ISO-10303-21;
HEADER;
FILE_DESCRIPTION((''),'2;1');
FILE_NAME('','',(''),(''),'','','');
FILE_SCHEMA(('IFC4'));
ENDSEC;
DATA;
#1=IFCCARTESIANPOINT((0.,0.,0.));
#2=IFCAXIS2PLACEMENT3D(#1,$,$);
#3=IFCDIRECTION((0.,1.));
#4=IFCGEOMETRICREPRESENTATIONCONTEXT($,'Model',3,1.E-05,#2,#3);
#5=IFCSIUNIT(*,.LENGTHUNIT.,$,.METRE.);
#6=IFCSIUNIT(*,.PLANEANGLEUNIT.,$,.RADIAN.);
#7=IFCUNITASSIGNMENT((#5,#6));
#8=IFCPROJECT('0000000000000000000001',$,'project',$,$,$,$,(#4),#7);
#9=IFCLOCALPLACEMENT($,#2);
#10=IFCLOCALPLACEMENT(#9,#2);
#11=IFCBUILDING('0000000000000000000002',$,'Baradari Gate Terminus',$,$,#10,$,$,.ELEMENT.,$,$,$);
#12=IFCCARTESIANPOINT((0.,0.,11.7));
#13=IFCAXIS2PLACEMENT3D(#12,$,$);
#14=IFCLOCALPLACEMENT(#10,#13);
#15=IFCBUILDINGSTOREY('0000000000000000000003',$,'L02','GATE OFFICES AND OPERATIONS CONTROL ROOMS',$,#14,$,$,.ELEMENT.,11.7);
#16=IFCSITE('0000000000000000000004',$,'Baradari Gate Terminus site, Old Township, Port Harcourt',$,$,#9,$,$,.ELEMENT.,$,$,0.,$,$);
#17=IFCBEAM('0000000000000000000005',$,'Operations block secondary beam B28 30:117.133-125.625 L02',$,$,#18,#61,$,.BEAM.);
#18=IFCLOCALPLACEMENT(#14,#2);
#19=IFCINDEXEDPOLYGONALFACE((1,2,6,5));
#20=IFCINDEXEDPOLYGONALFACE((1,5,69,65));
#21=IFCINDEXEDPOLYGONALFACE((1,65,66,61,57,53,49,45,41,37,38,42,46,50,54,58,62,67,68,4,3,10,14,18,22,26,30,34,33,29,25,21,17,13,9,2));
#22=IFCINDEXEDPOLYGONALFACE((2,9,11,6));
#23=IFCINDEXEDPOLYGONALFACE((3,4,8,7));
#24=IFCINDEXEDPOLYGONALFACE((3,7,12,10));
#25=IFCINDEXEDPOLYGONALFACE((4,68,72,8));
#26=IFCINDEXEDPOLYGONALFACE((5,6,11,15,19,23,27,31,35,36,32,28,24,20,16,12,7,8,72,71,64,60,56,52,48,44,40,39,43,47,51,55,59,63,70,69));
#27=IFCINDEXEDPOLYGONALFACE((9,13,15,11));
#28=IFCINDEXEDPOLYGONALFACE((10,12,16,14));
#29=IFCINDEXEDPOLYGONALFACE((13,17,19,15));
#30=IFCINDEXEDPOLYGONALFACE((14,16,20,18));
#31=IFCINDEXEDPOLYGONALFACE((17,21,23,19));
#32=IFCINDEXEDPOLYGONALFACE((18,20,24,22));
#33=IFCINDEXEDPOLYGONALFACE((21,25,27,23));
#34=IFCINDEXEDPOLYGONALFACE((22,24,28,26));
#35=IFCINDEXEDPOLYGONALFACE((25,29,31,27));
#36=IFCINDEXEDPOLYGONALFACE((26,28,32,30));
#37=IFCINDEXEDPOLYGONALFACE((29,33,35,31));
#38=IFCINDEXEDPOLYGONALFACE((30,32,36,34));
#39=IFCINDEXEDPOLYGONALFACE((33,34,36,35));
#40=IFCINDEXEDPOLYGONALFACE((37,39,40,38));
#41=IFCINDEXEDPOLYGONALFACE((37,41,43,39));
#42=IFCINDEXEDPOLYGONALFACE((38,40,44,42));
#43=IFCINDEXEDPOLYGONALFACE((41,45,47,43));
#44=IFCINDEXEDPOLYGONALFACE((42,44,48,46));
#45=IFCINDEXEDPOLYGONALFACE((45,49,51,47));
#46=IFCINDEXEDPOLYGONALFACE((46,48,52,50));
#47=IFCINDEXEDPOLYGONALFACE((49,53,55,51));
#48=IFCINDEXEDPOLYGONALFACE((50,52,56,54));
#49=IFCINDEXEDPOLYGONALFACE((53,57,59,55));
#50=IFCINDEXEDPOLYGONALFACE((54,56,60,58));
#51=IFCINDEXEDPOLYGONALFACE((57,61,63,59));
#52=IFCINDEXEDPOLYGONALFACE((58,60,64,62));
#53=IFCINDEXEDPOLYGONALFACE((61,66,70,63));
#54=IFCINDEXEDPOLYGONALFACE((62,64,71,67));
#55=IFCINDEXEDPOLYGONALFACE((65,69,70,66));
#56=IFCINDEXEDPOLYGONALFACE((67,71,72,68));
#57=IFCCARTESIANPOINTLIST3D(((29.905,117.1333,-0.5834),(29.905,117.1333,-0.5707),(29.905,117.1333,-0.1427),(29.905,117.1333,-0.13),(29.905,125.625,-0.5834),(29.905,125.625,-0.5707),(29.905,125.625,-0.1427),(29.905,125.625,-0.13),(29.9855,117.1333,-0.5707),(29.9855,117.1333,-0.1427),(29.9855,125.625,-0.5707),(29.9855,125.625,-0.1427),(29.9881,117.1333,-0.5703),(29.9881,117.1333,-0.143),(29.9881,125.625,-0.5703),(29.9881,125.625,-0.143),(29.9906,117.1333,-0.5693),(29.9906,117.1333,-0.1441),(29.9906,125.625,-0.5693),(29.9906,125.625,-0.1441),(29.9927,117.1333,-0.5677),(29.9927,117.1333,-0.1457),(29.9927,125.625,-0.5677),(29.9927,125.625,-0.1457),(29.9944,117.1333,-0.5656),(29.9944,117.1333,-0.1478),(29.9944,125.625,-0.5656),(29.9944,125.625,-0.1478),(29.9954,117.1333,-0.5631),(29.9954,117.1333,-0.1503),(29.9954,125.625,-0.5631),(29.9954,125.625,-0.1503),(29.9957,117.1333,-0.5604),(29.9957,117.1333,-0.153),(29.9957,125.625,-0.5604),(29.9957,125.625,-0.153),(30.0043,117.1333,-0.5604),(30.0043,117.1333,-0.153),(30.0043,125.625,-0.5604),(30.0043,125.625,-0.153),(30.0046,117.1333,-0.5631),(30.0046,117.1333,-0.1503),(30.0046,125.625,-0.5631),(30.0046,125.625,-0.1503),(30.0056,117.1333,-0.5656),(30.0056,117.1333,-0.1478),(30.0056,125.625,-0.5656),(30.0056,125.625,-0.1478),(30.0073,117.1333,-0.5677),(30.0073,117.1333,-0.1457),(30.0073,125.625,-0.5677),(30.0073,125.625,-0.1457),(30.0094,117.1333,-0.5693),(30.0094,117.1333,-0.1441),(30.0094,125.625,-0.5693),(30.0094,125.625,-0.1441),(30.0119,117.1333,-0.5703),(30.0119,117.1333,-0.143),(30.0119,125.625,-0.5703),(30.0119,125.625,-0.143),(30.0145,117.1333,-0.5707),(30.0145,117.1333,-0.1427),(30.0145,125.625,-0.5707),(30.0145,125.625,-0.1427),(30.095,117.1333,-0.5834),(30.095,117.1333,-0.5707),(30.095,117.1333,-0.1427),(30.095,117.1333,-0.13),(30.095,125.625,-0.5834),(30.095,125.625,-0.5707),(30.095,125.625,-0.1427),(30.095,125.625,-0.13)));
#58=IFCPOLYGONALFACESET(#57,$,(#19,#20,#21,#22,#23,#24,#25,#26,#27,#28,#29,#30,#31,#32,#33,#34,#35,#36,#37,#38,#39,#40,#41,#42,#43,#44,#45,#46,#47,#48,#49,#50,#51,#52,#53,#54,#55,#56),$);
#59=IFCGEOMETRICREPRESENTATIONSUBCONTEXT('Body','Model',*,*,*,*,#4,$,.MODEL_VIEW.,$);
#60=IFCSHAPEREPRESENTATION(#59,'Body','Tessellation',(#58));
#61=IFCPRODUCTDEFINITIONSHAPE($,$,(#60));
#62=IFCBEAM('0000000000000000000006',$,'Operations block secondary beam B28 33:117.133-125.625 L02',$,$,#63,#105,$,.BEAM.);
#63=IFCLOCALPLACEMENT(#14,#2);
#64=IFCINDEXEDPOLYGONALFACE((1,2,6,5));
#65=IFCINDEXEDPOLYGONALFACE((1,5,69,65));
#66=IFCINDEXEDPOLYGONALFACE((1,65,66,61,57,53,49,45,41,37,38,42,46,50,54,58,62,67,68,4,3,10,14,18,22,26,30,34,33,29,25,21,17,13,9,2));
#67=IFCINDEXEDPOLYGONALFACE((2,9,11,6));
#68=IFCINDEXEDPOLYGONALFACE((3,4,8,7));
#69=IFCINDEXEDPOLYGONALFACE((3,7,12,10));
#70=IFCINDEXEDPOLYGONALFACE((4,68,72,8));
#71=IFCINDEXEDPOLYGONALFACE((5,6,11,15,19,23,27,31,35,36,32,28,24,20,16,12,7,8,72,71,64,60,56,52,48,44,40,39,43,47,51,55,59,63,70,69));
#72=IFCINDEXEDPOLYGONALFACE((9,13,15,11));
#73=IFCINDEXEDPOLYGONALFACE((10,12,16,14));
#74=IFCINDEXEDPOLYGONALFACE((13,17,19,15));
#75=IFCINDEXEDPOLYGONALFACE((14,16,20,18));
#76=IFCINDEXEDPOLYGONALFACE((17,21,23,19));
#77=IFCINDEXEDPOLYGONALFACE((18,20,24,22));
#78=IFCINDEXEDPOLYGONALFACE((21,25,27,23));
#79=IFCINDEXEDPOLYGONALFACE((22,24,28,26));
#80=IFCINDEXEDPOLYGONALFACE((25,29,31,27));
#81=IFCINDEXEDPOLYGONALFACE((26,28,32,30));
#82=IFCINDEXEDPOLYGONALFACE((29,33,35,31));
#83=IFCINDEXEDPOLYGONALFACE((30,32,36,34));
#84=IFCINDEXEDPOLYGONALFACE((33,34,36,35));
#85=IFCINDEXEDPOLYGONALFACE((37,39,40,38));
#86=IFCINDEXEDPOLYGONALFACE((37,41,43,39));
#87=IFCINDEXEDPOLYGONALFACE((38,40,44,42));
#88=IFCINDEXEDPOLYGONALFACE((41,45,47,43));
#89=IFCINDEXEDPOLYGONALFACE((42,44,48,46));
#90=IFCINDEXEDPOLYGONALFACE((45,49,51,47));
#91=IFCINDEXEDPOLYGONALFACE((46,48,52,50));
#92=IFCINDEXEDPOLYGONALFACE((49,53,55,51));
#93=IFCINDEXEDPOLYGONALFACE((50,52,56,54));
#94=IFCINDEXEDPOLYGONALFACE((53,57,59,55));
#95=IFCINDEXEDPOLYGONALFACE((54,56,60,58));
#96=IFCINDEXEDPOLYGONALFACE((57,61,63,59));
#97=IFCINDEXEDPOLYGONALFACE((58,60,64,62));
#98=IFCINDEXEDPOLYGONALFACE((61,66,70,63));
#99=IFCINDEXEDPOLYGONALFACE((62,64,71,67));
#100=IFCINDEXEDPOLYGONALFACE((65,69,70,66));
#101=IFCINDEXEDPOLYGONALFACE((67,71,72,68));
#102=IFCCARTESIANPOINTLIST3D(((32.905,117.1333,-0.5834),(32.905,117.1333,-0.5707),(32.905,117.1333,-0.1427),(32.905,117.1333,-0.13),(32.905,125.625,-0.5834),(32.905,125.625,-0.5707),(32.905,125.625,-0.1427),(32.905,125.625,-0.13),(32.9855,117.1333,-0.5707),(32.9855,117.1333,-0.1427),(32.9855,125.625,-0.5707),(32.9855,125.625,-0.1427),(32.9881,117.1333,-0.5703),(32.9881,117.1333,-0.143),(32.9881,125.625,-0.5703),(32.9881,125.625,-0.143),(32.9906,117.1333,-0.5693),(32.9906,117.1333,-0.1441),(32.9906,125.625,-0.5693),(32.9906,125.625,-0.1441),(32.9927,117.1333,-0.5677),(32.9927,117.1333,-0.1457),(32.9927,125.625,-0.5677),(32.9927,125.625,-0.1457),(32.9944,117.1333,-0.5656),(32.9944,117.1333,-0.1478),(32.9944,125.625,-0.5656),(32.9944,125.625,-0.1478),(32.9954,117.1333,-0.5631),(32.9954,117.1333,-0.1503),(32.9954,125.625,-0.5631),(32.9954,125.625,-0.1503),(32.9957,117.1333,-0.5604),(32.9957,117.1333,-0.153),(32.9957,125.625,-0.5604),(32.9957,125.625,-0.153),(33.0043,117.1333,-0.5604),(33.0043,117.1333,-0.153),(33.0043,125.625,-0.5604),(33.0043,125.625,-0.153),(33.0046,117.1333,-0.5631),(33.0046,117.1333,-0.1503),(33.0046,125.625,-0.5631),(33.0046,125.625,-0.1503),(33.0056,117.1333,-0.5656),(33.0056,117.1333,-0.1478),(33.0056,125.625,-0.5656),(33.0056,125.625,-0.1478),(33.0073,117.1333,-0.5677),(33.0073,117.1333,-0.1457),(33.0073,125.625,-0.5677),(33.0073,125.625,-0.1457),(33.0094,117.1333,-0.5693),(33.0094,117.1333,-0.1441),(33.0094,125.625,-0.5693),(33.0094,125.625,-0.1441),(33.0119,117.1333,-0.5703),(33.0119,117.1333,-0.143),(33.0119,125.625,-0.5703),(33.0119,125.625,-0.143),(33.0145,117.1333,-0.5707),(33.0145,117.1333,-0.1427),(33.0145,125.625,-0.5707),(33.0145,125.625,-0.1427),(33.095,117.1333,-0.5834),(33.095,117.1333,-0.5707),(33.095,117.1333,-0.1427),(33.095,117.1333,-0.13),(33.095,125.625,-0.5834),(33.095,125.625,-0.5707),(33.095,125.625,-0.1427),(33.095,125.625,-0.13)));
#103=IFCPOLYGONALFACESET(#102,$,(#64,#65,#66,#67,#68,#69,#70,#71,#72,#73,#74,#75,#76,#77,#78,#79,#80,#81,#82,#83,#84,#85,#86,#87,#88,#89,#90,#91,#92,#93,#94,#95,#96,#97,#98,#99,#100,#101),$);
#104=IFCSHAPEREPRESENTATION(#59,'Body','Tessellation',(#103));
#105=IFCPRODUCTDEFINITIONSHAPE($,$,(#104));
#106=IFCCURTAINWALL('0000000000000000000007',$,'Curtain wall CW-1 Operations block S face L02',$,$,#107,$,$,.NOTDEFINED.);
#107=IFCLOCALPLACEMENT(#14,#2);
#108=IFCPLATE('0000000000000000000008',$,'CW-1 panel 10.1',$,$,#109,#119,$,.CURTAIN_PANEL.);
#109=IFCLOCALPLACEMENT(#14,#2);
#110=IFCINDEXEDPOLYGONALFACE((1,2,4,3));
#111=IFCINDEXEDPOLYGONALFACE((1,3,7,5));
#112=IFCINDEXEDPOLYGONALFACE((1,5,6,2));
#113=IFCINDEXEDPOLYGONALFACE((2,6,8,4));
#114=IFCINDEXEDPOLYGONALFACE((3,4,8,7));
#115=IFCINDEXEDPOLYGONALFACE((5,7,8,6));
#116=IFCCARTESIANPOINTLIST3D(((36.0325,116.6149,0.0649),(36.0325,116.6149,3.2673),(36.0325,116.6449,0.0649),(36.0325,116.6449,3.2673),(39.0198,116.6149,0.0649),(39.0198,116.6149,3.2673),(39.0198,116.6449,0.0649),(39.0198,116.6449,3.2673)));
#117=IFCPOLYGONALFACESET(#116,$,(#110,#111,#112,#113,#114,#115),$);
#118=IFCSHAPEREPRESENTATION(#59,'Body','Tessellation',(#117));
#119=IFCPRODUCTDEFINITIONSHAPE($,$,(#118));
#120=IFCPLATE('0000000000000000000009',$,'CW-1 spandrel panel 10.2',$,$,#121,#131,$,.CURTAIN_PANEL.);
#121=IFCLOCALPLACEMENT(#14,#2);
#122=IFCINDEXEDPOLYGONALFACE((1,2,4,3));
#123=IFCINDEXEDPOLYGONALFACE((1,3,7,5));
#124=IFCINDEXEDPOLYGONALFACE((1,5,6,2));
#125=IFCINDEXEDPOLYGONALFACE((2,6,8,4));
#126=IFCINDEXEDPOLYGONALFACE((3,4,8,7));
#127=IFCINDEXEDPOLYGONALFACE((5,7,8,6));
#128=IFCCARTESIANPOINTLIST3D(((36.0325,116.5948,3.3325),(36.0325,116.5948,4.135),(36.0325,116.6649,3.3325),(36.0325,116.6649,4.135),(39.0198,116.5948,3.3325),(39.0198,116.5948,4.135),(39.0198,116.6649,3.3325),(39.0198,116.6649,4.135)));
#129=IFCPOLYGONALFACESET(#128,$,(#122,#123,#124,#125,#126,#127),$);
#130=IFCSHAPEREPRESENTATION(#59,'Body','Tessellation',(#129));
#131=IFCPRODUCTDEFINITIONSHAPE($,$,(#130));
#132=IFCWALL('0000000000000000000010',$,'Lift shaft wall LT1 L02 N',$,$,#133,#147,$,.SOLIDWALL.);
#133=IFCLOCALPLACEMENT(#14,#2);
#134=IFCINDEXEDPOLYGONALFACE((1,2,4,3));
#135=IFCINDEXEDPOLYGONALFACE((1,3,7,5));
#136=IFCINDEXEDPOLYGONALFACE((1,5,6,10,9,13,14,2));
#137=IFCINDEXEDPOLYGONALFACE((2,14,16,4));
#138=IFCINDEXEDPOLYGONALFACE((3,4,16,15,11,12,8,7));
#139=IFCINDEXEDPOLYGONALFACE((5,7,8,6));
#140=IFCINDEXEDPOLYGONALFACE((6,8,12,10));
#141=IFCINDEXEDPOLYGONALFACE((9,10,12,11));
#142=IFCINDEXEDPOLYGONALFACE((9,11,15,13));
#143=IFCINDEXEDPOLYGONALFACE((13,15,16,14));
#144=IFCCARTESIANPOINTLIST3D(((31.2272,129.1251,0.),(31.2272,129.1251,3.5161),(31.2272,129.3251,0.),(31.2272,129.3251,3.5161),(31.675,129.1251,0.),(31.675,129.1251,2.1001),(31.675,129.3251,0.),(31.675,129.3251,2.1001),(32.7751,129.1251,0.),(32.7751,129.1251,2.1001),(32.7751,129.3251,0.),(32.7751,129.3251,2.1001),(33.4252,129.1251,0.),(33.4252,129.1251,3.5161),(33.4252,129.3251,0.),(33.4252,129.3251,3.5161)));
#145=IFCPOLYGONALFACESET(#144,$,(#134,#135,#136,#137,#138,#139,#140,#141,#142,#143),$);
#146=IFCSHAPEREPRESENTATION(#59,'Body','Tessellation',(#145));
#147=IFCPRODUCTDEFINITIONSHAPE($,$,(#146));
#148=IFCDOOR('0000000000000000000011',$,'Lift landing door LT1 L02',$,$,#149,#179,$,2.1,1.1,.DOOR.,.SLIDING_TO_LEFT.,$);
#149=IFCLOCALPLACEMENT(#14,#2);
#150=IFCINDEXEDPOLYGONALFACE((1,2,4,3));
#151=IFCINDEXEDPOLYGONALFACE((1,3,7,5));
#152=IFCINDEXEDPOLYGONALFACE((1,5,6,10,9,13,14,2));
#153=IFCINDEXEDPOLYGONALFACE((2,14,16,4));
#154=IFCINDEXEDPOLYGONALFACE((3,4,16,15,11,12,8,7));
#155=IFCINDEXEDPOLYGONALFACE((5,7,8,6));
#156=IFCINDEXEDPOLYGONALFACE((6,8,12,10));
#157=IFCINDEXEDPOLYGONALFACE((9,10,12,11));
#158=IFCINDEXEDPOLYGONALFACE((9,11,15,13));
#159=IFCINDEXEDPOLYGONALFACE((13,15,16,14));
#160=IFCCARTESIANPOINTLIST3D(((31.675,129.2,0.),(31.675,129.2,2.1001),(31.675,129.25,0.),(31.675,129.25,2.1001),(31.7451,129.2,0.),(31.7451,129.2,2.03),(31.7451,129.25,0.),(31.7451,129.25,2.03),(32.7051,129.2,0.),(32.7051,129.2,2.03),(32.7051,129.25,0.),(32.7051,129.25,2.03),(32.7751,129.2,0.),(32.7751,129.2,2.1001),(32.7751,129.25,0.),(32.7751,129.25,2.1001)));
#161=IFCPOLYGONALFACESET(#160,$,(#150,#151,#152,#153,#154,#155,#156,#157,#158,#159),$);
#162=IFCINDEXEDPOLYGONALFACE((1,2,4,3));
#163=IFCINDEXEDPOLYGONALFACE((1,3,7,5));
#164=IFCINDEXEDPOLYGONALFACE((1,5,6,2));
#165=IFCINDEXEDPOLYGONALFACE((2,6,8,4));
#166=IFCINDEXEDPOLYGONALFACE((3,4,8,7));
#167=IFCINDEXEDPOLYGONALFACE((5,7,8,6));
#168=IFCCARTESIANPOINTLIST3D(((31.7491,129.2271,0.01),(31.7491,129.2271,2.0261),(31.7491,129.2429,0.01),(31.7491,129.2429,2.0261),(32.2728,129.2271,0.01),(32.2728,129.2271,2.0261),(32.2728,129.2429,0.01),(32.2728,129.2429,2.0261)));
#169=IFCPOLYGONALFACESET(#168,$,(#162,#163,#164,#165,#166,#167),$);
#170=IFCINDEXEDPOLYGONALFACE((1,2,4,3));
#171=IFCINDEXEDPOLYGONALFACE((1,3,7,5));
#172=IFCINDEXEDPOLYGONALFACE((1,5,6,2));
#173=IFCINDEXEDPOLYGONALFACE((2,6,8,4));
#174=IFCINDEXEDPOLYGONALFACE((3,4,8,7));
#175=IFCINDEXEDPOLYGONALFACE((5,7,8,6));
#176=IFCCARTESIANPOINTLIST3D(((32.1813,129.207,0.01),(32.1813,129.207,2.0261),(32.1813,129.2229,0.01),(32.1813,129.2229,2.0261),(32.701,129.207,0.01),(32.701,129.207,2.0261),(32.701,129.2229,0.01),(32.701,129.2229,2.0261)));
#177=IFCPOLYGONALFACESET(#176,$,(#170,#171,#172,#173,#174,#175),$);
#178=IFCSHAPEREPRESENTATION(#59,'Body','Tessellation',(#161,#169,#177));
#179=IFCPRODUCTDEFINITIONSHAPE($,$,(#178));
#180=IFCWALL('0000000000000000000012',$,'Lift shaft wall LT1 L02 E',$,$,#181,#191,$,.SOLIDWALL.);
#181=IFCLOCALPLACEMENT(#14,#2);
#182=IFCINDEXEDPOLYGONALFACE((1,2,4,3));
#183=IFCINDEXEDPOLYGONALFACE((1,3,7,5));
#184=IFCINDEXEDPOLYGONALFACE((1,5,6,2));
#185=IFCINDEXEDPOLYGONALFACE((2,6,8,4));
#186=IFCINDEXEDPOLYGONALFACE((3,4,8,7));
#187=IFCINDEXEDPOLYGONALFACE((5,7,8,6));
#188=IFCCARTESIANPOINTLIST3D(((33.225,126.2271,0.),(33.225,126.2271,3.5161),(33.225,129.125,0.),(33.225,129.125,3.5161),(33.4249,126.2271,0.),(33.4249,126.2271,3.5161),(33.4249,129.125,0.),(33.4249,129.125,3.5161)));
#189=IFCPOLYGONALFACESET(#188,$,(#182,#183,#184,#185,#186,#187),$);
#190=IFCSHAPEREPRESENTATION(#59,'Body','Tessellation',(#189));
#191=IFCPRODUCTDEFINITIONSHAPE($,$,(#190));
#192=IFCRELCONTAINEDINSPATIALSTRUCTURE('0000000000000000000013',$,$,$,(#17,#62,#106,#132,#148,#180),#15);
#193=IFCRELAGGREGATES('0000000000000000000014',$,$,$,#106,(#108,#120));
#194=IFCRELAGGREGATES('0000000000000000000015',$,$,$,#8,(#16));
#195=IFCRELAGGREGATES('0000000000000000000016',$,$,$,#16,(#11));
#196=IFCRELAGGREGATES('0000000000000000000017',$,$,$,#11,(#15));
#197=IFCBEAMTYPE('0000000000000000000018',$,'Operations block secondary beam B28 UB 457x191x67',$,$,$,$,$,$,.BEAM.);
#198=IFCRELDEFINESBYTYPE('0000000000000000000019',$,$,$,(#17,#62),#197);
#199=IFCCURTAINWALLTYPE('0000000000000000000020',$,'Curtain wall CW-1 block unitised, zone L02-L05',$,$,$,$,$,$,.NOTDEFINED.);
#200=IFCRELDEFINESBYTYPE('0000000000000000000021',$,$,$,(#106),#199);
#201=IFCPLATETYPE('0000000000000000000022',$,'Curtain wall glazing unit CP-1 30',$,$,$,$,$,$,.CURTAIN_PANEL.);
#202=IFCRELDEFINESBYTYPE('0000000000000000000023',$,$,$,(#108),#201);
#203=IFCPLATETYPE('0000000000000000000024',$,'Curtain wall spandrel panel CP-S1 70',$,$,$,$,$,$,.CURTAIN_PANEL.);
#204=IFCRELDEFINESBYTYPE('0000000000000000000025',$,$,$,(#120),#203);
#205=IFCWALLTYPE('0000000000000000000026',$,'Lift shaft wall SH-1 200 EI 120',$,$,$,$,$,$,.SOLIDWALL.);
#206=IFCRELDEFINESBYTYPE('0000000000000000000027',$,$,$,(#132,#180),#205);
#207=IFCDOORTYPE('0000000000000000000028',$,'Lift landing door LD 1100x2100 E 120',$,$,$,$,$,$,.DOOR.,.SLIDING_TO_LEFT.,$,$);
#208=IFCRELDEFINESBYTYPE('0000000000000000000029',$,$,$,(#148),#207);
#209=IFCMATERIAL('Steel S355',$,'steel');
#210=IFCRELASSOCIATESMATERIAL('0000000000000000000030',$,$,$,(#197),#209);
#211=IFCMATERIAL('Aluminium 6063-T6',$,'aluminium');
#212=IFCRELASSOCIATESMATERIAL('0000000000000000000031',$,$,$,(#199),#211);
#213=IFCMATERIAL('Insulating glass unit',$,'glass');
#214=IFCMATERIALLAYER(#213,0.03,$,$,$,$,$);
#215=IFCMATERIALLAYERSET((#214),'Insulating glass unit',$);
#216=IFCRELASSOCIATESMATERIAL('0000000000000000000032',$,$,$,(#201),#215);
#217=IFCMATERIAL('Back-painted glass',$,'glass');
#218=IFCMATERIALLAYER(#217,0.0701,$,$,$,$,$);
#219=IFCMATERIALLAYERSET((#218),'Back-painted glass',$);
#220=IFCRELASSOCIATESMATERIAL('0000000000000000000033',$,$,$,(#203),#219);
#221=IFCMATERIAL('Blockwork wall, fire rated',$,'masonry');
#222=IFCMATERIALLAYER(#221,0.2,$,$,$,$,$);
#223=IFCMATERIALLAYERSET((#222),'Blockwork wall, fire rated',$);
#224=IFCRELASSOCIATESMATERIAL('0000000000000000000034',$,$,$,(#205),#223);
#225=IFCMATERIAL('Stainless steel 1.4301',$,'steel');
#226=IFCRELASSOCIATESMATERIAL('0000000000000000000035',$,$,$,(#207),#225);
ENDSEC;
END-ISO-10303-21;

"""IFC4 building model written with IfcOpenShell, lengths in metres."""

from ifc_helpers import new_model, si_unit, direction, frame, frame_2d, origin, origin_2d, place, context, subcontext, project, spatial, polyline, rectangle, i_section, outline, extrude, material, layer, layer_set, material_profile, profile_set, type_object, element, fill, aggregate, save


model = new_model("IFC4")

# Units and contexts
model_context = context("Model", 3, precision=1e-05, world=origin(), true_north=direction((0.0, 1.0)))
body_context = subcontext(model_context, "Body", "Model", "MODEL_VIEW")
ifc_project = project(units=[si_unit("LENGTHUNIT", "METRE"), si_unit("PLANEANGLEUNIT", "RADIAN")], contexts=[model_context])

# Site, building, storey
site_placement = place(None, origin())
site = spatial("IfcSite", under=ifc_project, at=site_placement, Name="Baradari Gate Terminus site, Old Township, Port Harcourt", CompositionType="ELEMENT", RefElevation=0.0)
building_placement = place(site_placement, origin())
building = spatial("IfcBuilding", under=site, at=building_placement, Name="Baradari Gate Terminus", CompositionType="ELEMENT")
storey_placement = place(building_placement, frame((0.0, 0.0, 11.7)))
storey = spatial("IfcBuildingStorey", under=building, at=storey_placement, Name="L02", Description="GATE OFFICES AND OPERATIONS CONTROL ROOMS", CompositionType="ELEMENT", Elevation=11.7)

# Beams
ifc_material_1 = material(Name="Steel S355", Category="steel")
ifc_material_profile_1 = material_profile(ifc_material_1, i_section(OverallWidth=0.1899, OverallDepth=0.4534, WebThickness=0.0085, FlangeThickness=0.0127, FilletRadius=0.0103, at=origin_2d()), Name="UB 457x191x67")
ifc_profile_set_1 = profile_set([ifc_material_profile_1], Name="Steel S355")
beam_type_1 = type_object("IfcBeamType", Name="Operations block secondary beam B28 UB 457x191x67", PredefinedType="BEAM", material=ifc_profile_set_1)
for number, where, z_axis, x_axis, name in (
    (1, (30.0, 117.1333, -0.3567), (0.0, 1.0, 0.0), (-1.0, 0.0, 0.0), "Operations block secondary beam B28 30:117.133-125.625 L02"),
    (2, (33.0, 117.1333, -0.3567), (0.0, 1.0, 0.0), (-1.0, 0.0, 0.0), "Operations block secondary beam B28 33:117.133-125.625 L02"),
):
    element("IfcBeam", number, at=place(storey_placement, frame(where, z_axis=z_axis, x_axis=x_axis)), inside=storey, type_object=beam_type_1, Name=name, PredefinedType="BEAM", context=body_context, shape_type="SweptSolid", body=[
        extrude(i_section(OverallWidth=0.1899, OverallDepth=0.4534, WebThickness=0.0085, FlangeThickness=0.0127, FilletRadius=0.0103, at=origin_2d()), origin(), (0.0, 0.0, 1.0), 8.4917),
    ])

# Curtain wall, plates
ifc_material_2 = material(Name="Aluminium 6063-T6", Category="aluminium")
curtain_wall_type = type_object("IfcCurtainWallType", Name="Curtain wall CW-1 block unitised, zone L02-L05", PredefinedType="NOTDEFINED", material=ifc_material_2)
curtain_wall_placement = place(storey_placement, origin())
curtain_wall = element("IfcCurtainWall", 3, at=curtain_wall_placement, inside=storey, type_object=curtain_wall_type, Name="Curtain wall CW-1 Operations block S face L02", PredefinedType="NOTDEFINED")
ifc_material_3 = material(Name="Insulating glass unit", Category="glass")
ifc_layer_1 = layer(ifc_material_3, 0.03)
ifc_layer_set_1 = layer_set([ifc_layer_1], Name="Insulating glass unit")
plate_type_1 = type_object("IfcPlateType", Name="Curtain wall glazing unit CP-1 30", PredefinedType="CURTAIN_PANEL", material=ifc_layer_set_1)
plate_1_placement = place(storey_placement, frame((37.5261, 116.6299, 0.0649), z_axis=(0.0, 0.0, 1.0), x_axis=(1.0, 0.0, 0.0)))
plate_1 = element("IfcPlate", 4, at=plate_1_placement, type_object=plate_type_1, Name="CW-1 panel 10.1", PredefinedType="CURTAIN_PANEL", context=body_context, shape_type="SweptSolid", body=[
    extrude(rectangle(XDim=2.9873, YDim=0.03, at=origin_2d()), origin(), (0.0, 0.0, 1.0), 3.2024),
])
ifc_material_4 = material(Name="Back-painted glass", Category="glass")
ifc_layer_2 = layer(ifc_material_4, 0.0701)
ifc_layer_set_2 = layer_set([ifc_layer_2], Name="Back-painted glass")
plate_type_2 = type_object("IfcPlateType", Name="Curtain wall spandrel panel CP-S1 70", PredefinedType="CURTAIN_PANEL", material=ifc_layer_set_2)
plate_2_placement = place(storey_placement, frame((37.5261, 116.6299, 3.3325), z_axis=(0.0, 0.0, 1.0), x_axis=(1.0, 0.0, 0.0)))
plate_2 = element("IfcPlate", 5, at=plate_2_placement, type_object=plate_type_2, Name="CW-1 spandrel panel 10.2", PredefinedType="CURTAIN_PANEL", context=body_context, shape_type="SweptSolid", body=[
    extrude(rectangle(XDim=2.9873, YDim=0.0701, at=origin_2d()), origin(), (0.0, 0.0, 1.0), 0.8025),
])
aggregate(curtain_wall, [plate_1, plate_2])

# Wall, opening, door
ifc_material_5 = material(Name="Blockwork wall, fire rated", Category="masonry")
ifc_layer_3 = layer(ifc_material_5, 0.2)
ifc_layer_set_3 = layer_set([ifc_layer_3], Name="Blockwork wall, fire rated")
wall_type_1 = type_object("IfcWallType", Name="Lift shaft wall SH-1 200 EI 120", PredefinedType="SOLIDWALL", material=ifc_layer_set_3)
wall_1_placement = place(storey_placement, frame((31.2271, 129.2251, 0.0), z_axis=(0.0, 0.0, 1.0), x_axis=(1.0, 0.0, 0.0)))
wall_1 = element("IfcWall", 6, at=wall_1_placement, inside=storey, type_object=wall_type_1, Name="Lift shaft wall LT1 L02 N", PredefinedType="SOLIDWALL", context=body_context, shape_type="SweptSolid", body=[
    extrude(rectangle(XDim=2.198, YDim=0.2, at=frame_2d((1.0991, 0.0))), origin(), (0.0, 0.0, 1.0), 3.5161),
])
opening_1_placement = place(wall_1_placement, frame((0.448, 0.0, 0.0)))
opening_1 = element("IfcOpeningElement", 7, at=opening_1_placement, cuts=wall_1, PredefinedType="OPENING", context=body_context, shape_type="SweptSolid", body=[
    extrude(rectangle(XDim=1.1001, YDim=2.1001, at=frame_2d((0.55, 1.05))), frame((0.0, 0.1099, 0.0), z_axis=(0.0, -1.0, 0.0), x_axis=(1.0, 0.0, 0.0)), (0.0, 0.0, 1.0), 0.22),
])
ifc_material_6 = material(Name="Stainless steel 1.4301", Category="steel")
door_type = type_object("IfcDoorType", Name="Lift landing door LD 1100x2100 E 120", OperationType="SLIDING_TO_LEFT", PredefinedType="DOOR", material=ifc_material_6)
door_1_placement = place(opening_1_placement, origin())
door_1 = element("IfcDoor", 8, at=door_1_placement, inside=storey, type_object=door_type, Name="Lift landing door LT1 L02", OperationType="SLIDING_TO_LEFT", OverallHeight=2.1, OverallWidth=1.1, PredefinedType="DOOR", context=body_context, shape_type="SweptSolid", body=[
    extrude(outline(polyline([(0.0, 0.0), (0.0701, 0.0), (0.0701, 2.03), (1.03, 2.03), (1.03, 0.0), (1.1001, 0.0), (1.1001, 2.1001), (0.0, 2.1001), (0.0, 0.0)])), frame((0.0, 0.0249, 0.0), z_axis=(0.0, -1.0, 0.0), x_axis=(1.0, 0.0, 0.0)), (0.0, 0.0, 1.0), 0.05),
    extrude(rectangle(XDim=0.5237, YDim=2.0161, at=frame_2d((0.3359, 1.0181))), frame((0.0, 0.0178, 0.0), z_axis=(0.0, -1.0, 0.0), x_axis=(1.0, 0.0, 0.0)), (0.0, 0.0, 1.0), 0.0159),
    extrude(rectangle(XDim=0.5198, YDim=2.0161, at=frame_2d((0.7661, 1.0181))), frame((0.0, -0.0022, 0.0), z_axis=(0.0, -1.0, 0.0), x_axis=(1.0, 0.0, 0.0)), (0.0, 0.0, 1.0), 0.0159),
])
fill(opening_1, door_1)

# Wall
wall_2_placement = place(storey_placement, frame((33.325, 126.2271, 0.0), z_axis=(0.0, 0.0, 1.0), x_axis=(0.0, 1.0, 0.0)))
element("IfcWall", 9, at=wall_2_placement, inside=storey, type_object=wall_type_1, Name="Lift shaft wall LT1 L02 E", PredefinedType="SOLIDWALL", context=body_context, shape_type="SweptSolid", body=[
    extrude(rectangle(XDim=2.8979, YDim=0.2, at=frame_2d((1.449, 0.0))), origin(), (0.0, 0.0, 1.0), 3.5161),
])

save(model, "model.ifc")
